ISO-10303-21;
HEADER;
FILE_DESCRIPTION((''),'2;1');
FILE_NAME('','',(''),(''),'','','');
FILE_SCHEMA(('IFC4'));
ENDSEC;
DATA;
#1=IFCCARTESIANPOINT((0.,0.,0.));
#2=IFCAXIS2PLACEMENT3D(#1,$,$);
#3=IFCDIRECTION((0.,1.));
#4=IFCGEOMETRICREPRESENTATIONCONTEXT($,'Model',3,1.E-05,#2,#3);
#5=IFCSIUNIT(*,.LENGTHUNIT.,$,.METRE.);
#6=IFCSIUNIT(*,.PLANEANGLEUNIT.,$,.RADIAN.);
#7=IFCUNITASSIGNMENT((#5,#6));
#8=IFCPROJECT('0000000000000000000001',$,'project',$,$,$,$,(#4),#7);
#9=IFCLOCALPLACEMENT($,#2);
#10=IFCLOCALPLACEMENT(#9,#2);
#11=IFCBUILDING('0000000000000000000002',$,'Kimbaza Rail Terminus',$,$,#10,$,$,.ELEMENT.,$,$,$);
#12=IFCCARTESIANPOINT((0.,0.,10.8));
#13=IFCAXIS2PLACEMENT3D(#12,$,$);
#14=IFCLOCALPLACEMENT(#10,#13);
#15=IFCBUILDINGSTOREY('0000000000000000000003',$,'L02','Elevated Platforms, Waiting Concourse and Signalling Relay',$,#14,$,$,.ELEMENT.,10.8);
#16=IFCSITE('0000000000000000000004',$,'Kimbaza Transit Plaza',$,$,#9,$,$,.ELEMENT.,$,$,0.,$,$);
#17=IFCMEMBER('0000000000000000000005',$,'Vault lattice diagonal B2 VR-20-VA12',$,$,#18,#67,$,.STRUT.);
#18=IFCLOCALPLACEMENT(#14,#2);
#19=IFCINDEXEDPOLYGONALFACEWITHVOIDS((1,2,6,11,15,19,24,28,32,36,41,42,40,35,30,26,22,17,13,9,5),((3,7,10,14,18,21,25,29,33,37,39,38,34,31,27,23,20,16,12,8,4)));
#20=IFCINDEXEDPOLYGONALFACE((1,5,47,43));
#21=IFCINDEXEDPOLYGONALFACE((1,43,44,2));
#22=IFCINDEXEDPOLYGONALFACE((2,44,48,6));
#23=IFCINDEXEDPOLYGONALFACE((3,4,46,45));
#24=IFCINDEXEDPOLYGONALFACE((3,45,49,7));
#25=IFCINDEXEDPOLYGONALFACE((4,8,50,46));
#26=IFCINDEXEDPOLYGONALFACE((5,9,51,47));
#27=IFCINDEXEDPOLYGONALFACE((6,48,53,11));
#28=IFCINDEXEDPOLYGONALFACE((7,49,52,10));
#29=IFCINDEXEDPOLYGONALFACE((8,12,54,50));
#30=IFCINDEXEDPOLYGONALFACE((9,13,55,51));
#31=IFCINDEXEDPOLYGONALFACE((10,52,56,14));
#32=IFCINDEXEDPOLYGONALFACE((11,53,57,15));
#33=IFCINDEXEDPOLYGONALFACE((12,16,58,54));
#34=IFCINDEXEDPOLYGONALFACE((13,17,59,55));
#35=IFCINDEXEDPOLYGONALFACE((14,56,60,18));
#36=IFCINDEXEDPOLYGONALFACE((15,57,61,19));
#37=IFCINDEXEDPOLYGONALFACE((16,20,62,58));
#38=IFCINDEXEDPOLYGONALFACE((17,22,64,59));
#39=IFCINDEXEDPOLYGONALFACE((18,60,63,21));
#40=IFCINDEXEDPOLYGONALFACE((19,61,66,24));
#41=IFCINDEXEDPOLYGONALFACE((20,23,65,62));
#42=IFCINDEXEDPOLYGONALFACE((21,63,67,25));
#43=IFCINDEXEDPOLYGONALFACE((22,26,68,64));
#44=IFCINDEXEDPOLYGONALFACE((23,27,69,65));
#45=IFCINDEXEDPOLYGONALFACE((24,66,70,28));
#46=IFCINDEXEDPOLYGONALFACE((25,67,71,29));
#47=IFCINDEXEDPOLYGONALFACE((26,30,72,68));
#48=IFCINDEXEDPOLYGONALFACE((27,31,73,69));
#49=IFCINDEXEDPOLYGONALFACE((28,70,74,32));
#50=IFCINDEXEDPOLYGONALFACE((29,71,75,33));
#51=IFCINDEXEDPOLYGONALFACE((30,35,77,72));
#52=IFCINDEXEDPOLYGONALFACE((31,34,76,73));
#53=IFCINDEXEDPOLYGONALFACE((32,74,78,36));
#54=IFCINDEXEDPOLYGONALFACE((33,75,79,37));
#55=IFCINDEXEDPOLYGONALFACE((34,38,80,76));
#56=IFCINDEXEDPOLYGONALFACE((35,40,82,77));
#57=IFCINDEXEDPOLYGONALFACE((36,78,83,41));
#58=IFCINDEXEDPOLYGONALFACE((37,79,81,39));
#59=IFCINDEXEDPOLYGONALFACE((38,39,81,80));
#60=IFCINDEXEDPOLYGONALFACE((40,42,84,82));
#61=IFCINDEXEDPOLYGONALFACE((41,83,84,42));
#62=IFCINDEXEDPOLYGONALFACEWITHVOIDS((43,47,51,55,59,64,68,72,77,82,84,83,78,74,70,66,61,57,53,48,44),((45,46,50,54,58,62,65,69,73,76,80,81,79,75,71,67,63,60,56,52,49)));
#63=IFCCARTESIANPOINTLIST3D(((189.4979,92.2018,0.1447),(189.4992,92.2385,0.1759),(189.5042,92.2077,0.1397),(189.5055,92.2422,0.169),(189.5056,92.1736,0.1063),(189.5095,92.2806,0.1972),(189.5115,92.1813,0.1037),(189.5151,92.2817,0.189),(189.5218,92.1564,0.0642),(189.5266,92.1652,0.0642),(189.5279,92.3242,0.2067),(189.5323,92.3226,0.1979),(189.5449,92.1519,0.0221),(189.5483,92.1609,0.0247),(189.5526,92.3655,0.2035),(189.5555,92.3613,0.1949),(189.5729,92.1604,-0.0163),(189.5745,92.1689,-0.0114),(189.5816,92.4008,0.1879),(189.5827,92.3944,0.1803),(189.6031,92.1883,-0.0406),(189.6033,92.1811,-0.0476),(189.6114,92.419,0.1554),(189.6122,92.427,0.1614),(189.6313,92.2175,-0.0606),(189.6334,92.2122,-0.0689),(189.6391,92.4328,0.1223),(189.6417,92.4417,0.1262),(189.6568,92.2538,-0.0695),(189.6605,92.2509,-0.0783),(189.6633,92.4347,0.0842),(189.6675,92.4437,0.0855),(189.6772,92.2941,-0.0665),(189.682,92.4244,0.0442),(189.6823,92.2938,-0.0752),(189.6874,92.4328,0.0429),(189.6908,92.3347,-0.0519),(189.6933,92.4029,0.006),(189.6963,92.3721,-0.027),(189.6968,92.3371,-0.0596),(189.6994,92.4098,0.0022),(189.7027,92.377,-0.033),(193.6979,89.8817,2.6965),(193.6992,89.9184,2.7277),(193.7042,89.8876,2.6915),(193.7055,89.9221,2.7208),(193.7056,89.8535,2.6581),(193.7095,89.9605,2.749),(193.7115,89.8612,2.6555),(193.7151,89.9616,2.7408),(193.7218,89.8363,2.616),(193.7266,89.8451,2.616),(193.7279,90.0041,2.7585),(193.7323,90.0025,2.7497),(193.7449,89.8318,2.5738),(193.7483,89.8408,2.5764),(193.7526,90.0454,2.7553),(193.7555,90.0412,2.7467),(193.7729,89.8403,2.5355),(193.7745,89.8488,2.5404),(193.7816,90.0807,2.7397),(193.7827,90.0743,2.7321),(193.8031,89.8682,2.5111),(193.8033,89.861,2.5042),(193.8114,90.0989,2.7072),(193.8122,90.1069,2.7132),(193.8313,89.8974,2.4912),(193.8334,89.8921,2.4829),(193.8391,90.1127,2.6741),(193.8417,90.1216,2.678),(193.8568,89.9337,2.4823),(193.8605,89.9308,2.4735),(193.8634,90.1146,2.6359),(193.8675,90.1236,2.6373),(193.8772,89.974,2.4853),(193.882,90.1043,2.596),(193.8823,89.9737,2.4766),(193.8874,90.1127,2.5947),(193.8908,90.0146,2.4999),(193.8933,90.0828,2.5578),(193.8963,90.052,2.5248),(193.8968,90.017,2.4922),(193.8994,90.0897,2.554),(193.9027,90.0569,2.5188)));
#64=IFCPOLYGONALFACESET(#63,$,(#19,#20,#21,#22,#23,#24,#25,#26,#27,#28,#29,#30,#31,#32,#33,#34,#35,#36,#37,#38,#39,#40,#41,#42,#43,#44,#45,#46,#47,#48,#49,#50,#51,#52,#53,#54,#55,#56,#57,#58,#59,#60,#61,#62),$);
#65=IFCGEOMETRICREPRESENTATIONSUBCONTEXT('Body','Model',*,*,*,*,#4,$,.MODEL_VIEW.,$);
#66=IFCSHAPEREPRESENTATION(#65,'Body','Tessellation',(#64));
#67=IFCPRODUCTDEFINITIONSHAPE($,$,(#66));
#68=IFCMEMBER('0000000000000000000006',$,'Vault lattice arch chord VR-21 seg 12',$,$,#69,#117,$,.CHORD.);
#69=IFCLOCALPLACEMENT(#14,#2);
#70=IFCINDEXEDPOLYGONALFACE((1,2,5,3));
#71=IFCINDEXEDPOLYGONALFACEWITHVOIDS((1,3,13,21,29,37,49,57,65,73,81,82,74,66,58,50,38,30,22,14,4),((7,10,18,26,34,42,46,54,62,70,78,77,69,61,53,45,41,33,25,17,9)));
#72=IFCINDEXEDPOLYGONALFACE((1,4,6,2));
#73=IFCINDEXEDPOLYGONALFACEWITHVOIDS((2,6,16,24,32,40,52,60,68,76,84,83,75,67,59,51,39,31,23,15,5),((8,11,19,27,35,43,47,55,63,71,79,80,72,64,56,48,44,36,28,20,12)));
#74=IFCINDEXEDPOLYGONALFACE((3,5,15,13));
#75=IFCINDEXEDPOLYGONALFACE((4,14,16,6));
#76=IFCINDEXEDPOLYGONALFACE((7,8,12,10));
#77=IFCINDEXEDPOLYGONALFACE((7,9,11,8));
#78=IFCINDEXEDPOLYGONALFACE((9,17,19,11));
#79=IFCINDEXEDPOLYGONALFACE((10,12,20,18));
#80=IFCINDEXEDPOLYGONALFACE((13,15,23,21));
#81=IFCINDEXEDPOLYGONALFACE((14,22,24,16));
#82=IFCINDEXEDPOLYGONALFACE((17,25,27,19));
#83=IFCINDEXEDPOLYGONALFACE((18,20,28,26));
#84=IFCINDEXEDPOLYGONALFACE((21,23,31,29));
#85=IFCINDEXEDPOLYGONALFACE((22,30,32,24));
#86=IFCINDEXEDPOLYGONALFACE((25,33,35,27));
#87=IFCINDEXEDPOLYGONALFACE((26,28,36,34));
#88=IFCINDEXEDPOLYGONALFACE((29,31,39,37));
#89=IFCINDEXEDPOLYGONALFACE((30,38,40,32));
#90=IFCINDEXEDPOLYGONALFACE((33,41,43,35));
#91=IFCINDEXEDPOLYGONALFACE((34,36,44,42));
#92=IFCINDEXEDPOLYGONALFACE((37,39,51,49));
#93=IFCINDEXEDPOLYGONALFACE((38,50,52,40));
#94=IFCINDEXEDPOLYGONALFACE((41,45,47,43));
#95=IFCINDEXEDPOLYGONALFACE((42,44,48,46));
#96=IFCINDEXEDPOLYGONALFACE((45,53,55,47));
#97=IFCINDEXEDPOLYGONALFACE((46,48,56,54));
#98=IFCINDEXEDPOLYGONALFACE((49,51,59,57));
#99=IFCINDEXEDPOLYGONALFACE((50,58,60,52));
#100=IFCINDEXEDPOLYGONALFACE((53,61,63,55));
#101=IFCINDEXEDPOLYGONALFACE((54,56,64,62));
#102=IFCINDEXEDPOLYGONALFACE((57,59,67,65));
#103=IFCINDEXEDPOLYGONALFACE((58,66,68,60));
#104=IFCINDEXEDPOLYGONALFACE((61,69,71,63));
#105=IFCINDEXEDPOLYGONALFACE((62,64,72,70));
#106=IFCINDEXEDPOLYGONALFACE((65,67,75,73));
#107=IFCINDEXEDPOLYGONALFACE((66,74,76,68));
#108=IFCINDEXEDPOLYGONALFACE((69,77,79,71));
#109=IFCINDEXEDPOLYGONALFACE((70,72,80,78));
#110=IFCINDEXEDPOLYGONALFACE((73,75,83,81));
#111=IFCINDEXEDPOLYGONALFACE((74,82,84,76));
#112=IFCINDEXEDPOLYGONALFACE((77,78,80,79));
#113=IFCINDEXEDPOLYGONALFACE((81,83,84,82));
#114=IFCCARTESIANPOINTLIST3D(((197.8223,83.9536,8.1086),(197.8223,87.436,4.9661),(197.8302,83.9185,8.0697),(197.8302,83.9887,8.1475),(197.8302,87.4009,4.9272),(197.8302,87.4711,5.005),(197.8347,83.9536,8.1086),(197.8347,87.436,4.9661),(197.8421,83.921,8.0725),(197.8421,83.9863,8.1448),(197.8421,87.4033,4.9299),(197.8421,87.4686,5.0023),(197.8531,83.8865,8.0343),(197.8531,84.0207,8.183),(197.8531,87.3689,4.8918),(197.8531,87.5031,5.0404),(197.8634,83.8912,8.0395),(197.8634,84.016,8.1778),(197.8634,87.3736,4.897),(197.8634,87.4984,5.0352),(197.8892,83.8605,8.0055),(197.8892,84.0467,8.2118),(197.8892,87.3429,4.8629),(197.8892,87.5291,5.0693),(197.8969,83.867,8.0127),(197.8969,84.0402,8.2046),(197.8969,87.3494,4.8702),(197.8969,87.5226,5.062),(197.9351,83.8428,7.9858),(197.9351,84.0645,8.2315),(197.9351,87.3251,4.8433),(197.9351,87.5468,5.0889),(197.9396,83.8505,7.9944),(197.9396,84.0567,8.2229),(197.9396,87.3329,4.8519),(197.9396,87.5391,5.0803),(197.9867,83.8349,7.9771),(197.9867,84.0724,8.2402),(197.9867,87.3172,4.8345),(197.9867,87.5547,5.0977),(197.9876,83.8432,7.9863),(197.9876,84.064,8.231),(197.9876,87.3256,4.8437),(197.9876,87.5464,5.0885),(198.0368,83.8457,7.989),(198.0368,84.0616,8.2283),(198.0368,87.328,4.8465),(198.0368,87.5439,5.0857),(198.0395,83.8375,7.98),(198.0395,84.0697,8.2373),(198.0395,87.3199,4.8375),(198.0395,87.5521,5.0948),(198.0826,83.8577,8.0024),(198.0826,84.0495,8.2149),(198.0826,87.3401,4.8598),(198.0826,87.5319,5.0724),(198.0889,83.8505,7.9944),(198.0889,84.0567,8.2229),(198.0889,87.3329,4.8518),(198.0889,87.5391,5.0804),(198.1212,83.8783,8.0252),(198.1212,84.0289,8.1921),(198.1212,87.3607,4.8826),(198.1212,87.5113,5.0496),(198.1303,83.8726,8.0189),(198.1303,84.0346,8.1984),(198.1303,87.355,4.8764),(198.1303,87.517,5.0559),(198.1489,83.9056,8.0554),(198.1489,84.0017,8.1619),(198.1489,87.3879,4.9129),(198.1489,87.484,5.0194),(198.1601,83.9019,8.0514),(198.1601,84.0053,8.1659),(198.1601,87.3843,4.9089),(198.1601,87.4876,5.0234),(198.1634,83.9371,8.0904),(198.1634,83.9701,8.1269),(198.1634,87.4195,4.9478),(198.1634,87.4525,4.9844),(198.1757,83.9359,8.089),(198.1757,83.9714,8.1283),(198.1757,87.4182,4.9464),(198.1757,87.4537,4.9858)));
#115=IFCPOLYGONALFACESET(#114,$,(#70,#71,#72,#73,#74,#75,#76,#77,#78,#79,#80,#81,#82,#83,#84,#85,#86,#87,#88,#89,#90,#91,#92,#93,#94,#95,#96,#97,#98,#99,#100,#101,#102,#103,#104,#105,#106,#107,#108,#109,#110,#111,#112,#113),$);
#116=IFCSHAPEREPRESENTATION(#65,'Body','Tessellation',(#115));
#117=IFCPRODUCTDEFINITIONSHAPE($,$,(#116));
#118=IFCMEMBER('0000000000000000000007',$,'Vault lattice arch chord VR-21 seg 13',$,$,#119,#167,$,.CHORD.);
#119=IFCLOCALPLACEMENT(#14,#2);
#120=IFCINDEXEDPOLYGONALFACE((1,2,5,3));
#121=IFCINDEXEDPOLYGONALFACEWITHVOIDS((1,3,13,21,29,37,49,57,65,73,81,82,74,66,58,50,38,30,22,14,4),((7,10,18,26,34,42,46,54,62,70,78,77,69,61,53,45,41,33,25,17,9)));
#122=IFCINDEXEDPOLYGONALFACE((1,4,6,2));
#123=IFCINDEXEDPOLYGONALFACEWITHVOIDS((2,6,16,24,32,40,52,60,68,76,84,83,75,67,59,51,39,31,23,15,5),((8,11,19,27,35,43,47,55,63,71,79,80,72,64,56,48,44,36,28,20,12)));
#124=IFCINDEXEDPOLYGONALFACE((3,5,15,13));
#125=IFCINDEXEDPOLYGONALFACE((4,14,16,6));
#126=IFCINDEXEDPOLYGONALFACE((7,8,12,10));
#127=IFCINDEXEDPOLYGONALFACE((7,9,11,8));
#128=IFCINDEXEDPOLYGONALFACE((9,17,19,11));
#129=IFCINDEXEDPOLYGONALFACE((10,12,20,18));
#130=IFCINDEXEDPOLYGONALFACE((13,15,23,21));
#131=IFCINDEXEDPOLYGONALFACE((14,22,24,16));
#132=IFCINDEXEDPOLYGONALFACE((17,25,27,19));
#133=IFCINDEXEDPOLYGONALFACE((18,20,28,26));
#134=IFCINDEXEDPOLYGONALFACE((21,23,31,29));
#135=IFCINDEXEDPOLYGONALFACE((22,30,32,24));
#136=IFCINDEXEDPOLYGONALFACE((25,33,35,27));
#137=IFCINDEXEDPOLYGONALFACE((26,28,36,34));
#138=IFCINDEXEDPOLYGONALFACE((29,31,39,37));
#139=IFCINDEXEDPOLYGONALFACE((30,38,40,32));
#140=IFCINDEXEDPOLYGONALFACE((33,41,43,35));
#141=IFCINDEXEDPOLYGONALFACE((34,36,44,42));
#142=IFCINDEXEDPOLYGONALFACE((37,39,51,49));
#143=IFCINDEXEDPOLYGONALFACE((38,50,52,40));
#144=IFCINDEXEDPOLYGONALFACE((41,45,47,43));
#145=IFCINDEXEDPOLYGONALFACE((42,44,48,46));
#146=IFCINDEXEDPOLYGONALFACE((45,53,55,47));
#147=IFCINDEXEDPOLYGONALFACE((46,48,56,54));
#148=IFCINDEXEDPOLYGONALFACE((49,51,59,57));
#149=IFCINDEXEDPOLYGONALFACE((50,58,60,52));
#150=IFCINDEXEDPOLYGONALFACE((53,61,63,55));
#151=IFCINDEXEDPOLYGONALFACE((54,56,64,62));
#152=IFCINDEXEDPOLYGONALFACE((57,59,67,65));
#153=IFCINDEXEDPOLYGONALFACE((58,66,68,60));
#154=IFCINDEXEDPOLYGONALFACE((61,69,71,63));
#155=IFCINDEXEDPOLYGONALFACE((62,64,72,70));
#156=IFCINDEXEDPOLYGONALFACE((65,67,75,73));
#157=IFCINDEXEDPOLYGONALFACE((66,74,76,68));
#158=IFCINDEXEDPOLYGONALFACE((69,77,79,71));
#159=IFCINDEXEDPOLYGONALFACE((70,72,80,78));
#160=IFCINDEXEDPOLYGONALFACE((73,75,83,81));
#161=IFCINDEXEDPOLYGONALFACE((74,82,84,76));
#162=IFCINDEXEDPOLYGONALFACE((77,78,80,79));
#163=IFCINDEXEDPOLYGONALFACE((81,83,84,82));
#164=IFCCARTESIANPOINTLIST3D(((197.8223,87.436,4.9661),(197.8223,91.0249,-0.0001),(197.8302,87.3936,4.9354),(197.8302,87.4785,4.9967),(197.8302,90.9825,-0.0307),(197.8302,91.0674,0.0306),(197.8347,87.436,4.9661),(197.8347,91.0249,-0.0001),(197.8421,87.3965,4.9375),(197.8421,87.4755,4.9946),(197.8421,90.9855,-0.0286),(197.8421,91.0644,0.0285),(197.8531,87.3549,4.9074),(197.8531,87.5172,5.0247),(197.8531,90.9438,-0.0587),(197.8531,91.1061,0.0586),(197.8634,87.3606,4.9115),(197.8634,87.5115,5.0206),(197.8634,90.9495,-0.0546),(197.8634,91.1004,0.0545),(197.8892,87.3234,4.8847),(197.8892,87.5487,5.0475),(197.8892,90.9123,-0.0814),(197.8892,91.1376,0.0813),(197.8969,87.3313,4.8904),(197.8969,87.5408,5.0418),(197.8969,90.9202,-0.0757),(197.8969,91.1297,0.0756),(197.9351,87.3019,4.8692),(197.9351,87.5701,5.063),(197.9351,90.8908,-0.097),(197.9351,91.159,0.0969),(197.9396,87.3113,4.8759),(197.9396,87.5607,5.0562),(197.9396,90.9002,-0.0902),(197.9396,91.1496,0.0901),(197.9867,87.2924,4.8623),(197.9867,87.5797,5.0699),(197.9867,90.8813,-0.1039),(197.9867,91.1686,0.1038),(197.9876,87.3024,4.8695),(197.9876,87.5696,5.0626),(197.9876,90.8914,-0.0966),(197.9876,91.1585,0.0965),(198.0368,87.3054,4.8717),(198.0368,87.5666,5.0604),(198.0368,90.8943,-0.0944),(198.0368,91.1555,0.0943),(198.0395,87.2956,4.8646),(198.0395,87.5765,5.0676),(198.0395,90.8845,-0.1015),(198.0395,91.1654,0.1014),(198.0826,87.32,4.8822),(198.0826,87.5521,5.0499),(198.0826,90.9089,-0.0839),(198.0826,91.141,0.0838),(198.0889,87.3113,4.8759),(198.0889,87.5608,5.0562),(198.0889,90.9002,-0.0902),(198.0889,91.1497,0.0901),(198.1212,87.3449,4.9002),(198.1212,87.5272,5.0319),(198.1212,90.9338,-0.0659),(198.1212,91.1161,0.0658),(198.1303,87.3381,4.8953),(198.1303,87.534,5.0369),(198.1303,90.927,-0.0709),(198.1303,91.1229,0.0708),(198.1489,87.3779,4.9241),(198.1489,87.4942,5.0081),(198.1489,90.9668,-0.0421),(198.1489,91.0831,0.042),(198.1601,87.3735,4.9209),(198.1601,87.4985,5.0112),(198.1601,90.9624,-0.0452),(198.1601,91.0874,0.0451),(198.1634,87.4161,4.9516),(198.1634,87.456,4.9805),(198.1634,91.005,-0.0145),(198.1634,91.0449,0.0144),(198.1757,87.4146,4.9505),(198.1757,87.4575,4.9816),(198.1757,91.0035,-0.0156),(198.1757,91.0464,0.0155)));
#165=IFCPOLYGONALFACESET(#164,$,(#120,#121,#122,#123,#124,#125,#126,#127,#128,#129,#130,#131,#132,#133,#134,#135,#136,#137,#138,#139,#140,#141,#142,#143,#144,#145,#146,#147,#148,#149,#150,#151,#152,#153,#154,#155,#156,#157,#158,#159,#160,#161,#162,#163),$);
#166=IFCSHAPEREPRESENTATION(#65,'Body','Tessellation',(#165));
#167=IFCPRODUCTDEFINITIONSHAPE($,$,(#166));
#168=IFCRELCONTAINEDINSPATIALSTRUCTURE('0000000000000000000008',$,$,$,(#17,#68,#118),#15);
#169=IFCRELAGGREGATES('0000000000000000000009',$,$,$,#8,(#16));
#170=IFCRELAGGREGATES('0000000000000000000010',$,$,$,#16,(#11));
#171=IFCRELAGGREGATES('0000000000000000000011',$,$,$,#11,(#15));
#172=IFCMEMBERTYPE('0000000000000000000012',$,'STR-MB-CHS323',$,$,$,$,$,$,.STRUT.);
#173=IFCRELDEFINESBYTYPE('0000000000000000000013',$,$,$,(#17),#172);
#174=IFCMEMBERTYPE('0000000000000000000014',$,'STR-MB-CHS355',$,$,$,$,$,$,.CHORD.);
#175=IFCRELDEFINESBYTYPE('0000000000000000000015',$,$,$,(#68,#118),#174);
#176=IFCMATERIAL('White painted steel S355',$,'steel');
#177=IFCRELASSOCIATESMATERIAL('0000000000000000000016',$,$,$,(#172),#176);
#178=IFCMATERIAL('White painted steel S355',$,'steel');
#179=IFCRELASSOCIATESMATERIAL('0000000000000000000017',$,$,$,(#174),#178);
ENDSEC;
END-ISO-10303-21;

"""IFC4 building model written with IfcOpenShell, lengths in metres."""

from ifc_helpers import new_model, si_unit, direction, frame, origin, origin_2d, place, context, subcontext, project, spatial, hollow_circle, extrude, material, material_profile, profile_set, type_object, element, save


model = new_model("IFC4")

# Units and contexts
model_context = context("Model", 3, precision=1e-05, world=origin(), true_north=direction((0.0, 1.0)))
body_context = subcontext(model_context, "Body", "Model", "MODEL_VIEW")
ifc_project = project(units=[si_unit("LENGTHUNIT", "METRE"), si_unit("PLANEANGLEUNIT", "RADIAN")], contexts=[model_context])

# Site, building, storey
site_placement = place(None, origin())
site = spatial("IfcSite", under=ifc_project, at=site_placement, Name="Kimbaza Transit Plaza", CompositionType="ELEMENT", RefElevation=0.0)
building_placement = place(site_placement, origin())
building = spatial("IfcBuilding", under=site, at=building_placement, Name="Kimbaza Rail Terminus", CompositionType="ELEMENT")
storey_placement = place(building_placement, frame((0.0, 0.0, 10.8)))
storey = spatial("IfcBuildingStorey", under=building, at=storey_placement, Name="L02", Description="Elevated Platforms, Waiting Concourse and Signalling Relay", CompositionType="ELEMENT", Elevation=10.8)

# Members
ifc_material_1 = material(Name="White painted steel S355", Category="steel")
ifc_material_profile_1 = material_profile(ifc_material_1, hollow_circle(Radius=0.1619, WallThickness=0.01, at=origin_2d()), Name="CHS 323.9x10")
ifc_profile_set_1 = profile_set([ifc_material_profile_1], Name="White painted steel S355")
member_type_1 = type_object("IfcMemberType", Name="STR-MB-CHS323", PredefinedType="STRUT", material=ifc_profile_set_1)
member_1_placement = place(storey_placement, frame((193.8, 89.978, 2.616), z_axis=(-0.772831, 0.426915, -0.469548), x_axis=(-0.483533, -0.875326, 0.0)))
element("IfcMember", 1, at=member_1_placement, inside=storey, type_object=member_type_1, Name="Vault lattice diagonal B2 VR-20-VA12", PredefinedType="STRUT", context=body_context, shape_type="SweptSolid", body=[
    extrude(hollow_circle(Radius=0.1619, WallThickness=0.01, at=origin_2d()), origin(), (0.0, 0.0, 1.0), 5.4346),
])
ifc_material_2 = material(Name="White painted steel S355", Category="steel")
ifc_material_profile_2 = material_profile(ifc_material_2, hollow_circle(Radius=0.1777, WallThickness=0.0125, at=origin_2d()), Name="CHS 355.6x12.5")
ifc_profile_set_2 = profile_set([ifc_material_profile_2], Name="White painted steel S355")
member_type_2 = type_object("IfcMemberType", Name="STR-MB-CHS355", PredefinedType="CHORD", material=ifc_profile_set_2)
member_2_placement = place(storey_placement, frame((198.0, 83.9536, 8.1086), z_axis=(0.0, 0.742403, -0.669953), x_axis=(-1.0, 0.0, 0.0)))
element("IfcMember", 2, at=member_2_placement, inside=storey, type_object=member_type_2, Name="Vault lattice arch chord VR-21 seg 12", PredefinedType="CHORD", context=body_context, shape_type="SweptSolid", body=[
    extrude(hollow_circle(Radius=0.1777, WallThickness=0.0125, at=origin_2d()), origin(), (0.0, 0.0, 1.0), 4.6907),
])
member_3_placement = place(storey_placement, frame((198.0, 87.436, 4.9661), z_axis=(0.0, 0.585733, -0.810504), x_axis=(-1.0, 0.0, 0.0)))
element("IfcMember", 3, at=member_3_placement, inside=storey, type_object=member_type_2, Name="Vault lattice arch chord VR-21 seg 13", PredefinedType="CHORD", context=body_context, shape_type="SweptSolid", body=[
    extrude(hollow_circle(Radius=0.1777, WallThickness=0.0125, at=origin_2d()), origin(), (0.0, 0.0, 1.0), 6.1272),
])

save(model, "model.ifc")
